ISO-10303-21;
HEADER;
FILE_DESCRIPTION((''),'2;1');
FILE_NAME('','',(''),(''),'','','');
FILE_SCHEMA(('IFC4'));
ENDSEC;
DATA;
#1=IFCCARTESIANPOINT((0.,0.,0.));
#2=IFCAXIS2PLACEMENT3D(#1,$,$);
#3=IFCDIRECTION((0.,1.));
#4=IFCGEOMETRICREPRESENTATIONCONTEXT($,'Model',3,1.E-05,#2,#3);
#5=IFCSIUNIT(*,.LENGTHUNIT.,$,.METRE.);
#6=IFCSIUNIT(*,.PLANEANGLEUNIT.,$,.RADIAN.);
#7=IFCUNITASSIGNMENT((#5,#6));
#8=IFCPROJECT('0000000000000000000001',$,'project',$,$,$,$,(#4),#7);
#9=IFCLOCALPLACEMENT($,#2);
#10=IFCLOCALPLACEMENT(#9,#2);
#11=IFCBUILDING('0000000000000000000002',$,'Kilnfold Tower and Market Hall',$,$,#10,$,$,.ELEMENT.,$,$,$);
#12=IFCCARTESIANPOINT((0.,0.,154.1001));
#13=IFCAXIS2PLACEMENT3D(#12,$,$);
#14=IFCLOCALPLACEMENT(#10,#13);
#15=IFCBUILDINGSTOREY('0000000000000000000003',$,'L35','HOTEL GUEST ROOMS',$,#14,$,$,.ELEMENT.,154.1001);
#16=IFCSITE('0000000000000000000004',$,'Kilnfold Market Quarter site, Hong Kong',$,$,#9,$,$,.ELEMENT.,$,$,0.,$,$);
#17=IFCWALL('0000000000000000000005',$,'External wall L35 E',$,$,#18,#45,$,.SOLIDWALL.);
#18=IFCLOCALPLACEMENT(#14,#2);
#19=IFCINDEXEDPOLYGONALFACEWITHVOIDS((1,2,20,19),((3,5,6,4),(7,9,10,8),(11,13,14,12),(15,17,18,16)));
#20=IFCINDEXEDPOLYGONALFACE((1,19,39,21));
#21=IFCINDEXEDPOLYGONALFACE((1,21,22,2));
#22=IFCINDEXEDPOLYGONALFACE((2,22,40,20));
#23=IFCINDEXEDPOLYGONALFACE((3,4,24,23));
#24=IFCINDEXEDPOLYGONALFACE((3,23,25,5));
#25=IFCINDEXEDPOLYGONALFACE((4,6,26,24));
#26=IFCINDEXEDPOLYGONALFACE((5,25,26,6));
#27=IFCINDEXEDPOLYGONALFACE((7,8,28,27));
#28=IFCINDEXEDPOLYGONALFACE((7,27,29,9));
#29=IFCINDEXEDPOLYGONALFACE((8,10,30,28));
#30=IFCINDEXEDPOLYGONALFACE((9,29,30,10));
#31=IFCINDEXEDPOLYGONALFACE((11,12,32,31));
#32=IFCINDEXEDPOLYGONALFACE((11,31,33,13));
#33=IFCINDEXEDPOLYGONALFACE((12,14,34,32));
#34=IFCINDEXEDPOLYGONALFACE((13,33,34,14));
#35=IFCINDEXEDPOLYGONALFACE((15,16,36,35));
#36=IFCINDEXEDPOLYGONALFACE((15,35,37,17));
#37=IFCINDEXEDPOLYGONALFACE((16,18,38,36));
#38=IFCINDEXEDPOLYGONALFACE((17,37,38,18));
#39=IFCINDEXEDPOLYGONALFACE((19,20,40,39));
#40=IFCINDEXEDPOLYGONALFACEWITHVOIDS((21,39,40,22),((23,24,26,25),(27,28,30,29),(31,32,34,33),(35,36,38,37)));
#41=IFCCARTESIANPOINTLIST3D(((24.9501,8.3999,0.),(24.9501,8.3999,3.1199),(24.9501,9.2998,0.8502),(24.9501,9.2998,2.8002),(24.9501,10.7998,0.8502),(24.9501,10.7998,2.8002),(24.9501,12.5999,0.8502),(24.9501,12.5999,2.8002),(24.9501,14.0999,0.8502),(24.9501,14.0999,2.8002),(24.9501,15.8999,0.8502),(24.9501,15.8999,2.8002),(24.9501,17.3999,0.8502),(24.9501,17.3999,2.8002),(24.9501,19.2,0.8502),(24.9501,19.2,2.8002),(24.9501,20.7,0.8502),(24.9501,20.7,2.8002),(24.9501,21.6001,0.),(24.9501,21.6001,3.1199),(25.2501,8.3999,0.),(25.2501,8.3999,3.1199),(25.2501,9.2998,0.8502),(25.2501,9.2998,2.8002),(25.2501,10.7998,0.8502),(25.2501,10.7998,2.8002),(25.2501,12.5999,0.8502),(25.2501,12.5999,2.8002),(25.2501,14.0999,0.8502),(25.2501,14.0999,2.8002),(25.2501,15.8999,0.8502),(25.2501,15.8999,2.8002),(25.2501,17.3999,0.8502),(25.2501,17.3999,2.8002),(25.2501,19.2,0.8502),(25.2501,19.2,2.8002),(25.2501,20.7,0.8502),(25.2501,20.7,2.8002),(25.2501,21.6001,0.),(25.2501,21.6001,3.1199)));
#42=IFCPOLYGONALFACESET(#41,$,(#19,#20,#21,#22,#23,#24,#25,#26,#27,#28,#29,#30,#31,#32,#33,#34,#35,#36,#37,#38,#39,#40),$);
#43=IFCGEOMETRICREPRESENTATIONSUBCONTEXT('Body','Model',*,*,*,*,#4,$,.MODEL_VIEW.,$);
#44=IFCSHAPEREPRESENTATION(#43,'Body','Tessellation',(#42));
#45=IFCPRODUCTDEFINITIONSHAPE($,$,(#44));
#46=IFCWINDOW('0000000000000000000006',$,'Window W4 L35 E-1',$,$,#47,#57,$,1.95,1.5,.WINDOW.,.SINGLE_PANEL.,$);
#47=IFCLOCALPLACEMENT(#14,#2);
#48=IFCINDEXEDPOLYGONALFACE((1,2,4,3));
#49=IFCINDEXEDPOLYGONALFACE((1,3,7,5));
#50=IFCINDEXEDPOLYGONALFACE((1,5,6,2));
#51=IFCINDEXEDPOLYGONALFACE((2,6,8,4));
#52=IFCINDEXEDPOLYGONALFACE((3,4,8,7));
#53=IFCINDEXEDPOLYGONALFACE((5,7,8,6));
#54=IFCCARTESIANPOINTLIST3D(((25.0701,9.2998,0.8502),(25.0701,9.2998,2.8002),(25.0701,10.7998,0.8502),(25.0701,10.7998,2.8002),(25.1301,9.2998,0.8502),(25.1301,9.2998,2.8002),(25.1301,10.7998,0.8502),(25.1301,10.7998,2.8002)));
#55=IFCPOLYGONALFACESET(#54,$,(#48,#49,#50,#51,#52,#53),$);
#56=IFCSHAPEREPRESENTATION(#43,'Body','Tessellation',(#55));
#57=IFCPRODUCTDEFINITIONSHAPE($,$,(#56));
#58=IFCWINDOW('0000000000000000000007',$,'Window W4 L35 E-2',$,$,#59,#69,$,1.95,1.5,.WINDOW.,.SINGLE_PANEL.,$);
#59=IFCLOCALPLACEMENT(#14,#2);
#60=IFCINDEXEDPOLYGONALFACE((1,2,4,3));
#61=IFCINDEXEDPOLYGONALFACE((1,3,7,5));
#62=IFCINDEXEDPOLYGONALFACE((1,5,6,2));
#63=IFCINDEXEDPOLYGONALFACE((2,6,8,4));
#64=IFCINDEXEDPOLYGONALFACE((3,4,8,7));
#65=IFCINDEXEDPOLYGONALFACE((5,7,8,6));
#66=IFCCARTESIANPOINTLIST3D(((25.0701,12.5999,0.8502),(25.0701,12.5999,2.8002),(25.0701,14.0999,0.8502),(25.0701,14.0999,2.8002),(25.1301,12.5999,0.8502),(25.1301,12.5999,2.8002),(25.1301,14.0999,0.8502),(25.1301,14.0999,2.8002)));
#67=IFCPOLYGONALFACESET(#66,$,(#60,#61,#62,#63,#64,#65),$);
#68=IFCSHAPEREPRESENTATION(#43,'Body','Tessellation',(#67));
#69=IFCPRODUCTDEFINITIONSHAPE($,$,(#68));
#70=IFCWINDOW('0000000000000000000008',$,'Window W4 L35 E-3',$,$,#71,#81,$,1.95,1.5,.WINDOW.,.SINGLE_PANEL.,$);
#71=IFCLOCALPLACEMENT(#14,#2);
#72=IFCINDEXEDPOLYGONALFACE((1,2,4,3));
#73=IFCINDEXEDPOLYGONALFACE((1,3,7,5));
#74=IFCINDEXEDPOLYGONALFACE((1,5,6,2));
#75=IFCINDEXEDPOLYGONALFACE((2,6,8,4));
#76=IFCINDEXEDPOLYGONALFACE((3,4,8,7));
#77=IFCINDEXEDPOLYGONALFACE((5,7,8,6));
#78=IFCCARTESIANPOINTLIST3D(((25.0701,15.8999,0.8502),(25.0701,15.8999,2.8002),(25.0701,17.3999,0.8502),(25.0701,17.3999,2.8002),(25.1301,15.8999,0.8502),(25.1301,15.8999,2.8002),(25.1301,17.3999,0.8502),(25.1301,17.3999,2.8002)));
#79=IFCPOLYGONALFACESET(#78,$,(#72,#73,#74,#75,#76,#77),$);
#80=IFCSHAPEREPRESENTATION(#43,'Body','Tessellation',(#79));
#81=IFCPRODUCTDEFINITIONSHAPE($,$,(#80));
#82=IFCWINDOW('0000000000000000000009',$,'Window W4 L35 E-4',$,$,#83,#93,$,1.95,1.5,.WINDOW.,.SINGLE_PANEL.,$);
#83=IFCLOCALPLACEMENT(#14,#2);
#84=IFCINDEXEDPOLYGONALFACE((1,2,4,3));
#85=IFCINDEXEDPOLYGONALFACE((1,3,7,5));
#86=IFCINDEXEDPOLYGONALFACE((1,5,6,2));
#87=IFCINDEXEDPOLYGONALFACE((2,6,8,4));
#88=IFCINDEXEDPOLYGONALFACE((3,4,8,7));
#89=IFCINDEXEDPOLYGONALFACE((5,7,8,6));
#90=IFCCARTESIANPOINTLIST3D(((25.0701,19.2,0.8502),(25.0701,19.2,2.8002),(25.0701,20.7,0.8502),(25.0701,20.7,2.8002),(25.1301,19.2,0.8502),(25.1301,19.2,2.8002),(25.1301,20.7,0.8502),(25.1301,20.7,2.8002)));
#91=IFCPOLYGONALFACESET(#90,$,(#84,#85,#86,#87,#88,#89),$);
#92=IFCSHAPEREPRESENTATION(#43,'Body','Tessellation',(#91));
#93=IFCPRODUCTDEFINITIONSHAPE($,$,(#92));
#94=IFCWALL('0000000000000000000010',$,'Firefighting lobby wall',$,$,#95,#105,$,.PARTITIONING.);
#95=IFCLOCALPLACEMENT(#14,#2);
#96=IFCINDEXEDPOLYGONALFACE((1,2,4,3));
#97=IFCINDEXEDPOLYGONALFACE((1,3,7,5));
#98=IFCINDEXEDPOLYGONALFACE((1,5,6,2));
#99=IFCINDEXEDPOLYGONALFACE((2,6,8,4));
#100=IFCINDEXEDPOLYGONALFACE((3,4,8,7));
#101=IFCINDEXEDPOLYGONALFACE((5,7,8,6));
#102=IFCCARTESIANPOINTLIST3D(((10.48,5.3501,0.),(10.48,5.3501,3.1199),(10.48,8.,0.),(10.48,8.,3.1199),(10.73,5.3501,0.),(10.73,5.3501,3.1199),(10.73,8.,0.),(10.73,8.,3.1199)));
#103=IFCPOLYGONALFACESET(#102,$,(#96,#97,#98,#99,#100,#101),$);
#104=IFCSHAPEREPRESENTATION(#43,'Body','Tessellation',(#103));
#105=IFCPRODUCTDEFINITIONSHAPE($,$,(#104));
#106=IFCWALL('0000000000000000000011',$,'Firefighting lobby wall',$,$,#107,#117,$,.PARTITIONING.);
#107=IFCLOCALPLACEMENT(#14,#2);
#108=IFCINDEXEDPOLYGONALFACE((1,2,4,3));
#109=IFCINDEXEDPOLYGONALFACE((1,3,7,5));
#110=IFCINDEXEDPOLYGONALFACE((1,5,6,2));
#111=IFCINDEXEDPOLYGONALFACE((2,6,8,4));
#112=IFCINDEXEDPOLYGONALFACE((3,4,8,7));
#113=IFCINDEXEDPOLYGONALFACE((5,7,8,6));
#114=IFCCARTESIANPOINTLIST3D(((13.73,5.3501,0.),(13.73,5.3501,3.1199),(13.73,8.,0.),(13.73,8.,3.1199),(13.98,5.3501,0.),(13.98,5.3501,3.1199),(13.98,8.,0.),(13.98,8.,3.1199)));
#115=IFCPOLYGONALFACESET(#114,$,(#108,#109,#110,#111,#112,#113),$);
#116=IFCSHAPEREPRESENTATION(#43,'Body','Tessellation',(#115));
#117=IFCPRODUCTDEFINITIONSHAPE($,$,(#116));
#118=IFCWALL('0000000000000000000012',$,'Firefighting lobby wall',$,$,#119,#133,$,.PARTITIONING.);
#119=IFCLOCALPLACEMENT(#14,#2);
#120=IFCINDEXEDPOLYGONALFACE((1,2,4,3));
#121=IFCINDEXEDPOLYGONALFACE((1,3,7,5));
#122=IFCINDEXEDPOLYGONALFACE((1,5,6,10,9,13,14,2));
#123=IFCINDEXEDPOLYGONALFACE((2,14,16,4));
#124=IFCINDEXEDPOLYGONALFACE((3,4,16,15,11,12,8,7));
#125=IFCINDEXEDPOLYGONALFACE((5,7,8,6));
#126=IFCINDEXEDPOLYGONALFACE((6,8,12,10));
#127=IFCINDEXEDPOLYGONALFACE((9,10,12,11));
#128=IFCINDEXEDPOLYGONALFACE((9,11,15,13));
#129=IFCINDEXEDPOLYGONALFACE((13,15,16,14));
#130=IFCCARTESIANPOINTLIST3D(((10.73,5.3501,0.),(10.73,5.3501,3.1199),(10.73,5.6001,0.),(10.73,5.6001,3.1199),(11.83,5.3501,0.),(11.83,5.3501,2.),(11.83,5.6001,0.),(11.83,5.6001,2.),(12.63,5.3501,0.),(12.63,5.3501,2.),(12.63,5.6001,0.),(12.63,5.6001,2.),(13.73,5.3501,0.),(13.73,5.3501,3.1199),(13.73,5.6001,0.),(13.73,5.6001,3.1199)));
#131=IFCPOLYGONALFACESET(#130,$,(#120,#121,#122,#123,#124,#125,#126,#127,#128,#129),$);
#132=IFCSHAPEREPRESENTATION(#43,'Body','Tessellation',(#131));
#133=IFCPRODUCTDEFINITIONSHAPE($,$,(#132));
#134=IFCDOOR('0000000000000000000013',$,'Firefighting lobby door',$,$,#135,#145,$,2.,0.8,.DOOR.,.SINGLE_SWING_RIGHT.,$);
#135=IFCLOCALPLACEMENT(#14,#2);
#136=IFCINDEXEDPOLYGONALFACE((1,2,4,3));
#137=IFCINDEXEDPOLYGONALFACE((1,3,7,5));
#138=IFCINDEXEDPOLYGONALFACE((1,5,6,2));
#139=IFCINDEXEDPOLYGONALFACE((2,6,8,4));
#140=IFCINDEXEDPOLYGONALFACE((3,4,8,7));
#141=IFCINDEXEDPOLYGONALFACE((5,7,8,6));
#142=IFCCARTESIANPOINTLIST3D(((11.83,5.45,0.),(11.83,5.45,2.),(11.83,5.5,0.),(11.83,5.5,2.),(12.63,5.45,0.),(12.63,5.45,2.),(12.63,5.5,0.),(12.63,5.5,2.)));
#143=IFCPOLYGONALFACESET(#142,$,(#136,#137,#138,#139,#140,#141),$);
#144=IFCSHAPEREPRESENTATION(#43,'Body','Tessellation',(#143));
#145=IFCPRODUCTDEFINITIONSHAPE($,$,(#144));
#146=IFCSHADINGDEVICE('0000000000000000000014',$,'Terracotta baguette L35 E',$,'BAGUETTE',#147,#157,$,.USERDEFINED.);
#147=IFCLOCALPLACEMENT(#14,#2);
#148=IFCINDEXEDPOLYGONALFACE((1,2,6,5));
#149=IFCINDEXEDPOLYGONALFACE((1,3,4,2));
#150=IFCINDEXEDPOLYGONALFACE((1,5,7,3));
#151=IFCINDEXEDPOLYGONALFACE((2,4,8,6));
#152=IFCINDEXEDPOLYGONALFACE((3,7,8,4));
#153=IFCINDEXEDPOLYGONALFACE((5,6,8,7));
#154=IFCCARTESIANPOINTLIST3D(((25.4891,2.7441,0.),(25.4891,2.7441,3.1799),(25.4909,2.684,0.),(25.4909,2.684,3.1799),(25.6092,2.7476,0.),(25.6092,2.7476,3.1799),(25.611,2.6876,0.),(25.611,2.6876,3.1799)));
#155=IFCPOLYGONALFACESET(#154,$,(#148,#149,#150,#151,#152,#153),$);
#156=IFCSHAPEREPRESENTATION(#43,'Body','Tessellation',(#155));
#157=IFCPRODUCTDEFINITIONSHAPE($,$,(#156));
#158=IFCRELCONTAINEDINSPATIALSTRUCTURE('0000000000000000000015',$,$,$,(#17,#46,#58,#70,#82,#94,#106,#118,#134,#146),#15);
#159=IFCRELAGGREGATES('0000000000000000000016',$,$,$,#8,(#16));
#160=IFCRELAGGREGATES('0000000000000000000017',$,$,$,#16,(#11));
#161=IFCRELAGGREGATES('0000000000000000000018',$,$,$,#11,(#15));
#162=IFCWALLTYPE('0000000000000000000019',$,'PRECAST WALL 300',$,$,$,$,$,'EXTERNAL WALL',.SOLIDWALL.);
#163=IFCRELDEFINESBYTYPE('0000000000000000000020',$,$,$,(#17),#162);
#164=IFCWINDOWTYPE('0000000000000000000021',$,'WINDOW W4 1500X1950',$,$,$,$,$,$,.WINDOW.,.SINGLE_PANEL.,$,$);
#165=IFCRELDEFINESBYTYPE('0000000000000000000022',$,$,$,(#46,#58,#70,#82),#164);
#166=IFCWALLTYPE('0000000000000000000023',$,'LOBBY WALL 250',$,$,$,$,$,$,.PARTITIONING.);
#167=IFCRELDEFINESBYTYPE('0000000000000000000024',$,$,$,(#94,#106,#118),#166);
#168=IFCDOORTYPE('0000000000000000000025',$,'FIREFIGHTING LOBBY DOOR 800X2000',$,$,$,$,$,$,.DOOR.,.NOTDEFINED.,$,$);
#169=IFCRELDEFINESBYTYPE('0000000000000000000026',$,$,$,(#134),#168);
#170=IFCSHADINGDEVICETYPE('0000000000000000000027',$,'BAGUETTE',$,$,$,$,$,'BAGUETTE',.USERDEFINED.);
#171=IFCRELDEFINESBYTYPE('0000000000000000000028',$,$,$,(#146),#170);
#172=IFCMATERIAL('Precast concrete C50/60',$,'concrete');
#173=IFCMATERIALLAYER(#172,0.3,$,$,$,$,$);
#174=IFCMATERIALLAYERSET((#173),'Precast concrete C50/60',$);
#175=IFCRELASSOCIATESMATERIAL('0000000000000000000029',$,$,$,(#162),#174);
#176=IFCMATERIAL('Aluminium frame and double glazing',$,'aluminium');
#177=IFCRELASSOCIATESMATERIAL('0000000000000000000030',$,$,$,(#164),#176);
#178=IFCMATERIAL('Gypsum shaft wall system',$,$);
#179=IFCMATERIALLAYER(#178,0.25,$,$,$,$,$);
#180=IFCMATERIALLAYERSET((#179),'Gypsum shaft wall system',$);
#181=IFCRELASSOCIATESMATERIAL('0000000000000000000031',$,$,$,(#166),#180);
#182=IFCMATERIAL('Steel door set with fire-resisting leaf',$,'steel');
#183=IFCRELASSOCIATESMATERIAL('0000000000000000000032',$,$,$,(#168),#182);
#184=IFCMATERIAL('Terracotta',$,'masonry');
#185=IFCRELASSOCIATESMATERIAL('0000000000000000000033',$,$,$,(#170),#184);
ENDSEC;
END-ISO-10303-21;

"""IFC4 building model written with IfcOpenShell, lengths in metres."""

from ifc_helpers import new_model, si_unit, direction, frame, frame_2d, origin, origin_2d, place, context, subcontext, project, spatial, rectangle, extrude, source, transform, mapped, material, layer, layer_set, material_profile, profile_set, type_object, element, fill, save


model = new_model("IFC4")

# Units and contexts
model_context = context("Model", 3, precision=1e-05, world=origin(), true_north=direction((0.0, 1.0)))
body_context = subcontext(model_context, "Body", "Model", "MODEL_VIEW")
ifc_project = project(units=[si_unit("LENGTHUNIT", "METRE"), si_unit("PLANEANGLEUNIT", "RADIAN")], contexts=[model_context])

# Site, building, storey
site_placement = place(None, origin())
site = spatial("IfcSite", under=ifc_project, at=site_placement, Name="Kilnfold Market Quarter site, Hong Kong", CompositionType="ELEMENT", RefElevation=0.0)
building_placement = place(site_placement, origin())
building = spatial("IfcBuilding", under=site, at=building_placement, Name="Kilnfold Tower and Market Hall", CompositionType="ELEMENT")
storey_placement = place(building_placement, frame((0.0, 0.0, 154.1001)))
storey = spatial("IfcBuildingStorey", under=building, at=storey_placement, Name="L35", Description="HOTEL GUEST ROOMS", CompositionType="ELEMENT", Elevation=154.1001)

# Wall, openings, windows
ifc_material_1 = material(Name="Precast concrete C50/60", Category="concrete")
ifc_layer_1 = layer(ifc_material_1, 0.3)
ifc_layer_set_1 = layer_set([ifc_layer_1], Name="Precast concrete C50/60")
wall_type_1 = type_object("IfcWallType", Name="PRECAST WALL 300", ElementType="EXTERNAL WALL", PredefinedType="SOLIDWALL", material=ifc_layer_set_1)
ifc_material_2 = material(Name="Aluminium frame and double glazing", Category="aluminium")
window_type = type_object("IfcWindowType", Name="WINDOW W4 1500X1950", PartitioningType="SINGLE_PANEL", PredefinedType="WINDOW", material=ifc_material_2)
shared_shape_1 = source(origin(), body_context, "Body", "SweptSolid", [
    extrude(rectangle(XDim=13.2002, YDim=0.3, at=frame_2d((6.6001, 0.0))), origin(), (0.0, 0.0, 1.0), 3.1199),
])
wall_1_placement = place(storey_placement, frame((25.1001, 8.3999, 0.0), z_axis=(0.0, 0.0, 1.0), x_axis=(0.0, 1.0, 0.0)))
wall_1 = element("IfcWall", 1, at=wall_1_placement, inside=storey, type_object=wall_type_1, Name="External wall L35 E", PredefinedType="SOLIDWALL", context=body_context, shape_type="MappedRepresentation", body=[
    mapped(shared_shape_1, transform((0.0, 0.0, 0.0))),
])
opening_1_placement = place(wall_1_placement, frame((0.8999, 0.0, 0.8501)))
opening_1 = element("IfcOpeningElement", 2, at=opening_1_placement, cuts=wall_1, PredefinedType="OPENING", context=body_context, shape_type="SweptSolid", body=[
    extrude(rectangle(XDim=1.5, YDim=1.95, at=frame_2d((0.75, 0.9751))), frame((0.0, 0.1602, 0.0), z_axis=(0.0, -1.0, 0.0), x_axis=(1.0, 0.0, 0.0)), (0.0, 0.0, 1.0), 0.3201),
])
opening_2_placement = place(wall_1_placement, frame((4.2, 0.0, 0.8501)))
opening_2 = element("IfcOpeningElement", 3, at=opening_2_placement, cuts=wall_1, PredefinedType="OPENING", context=body_context, shape_type="SweptSolid", body=[
    extrude(rectangle(XDim=1.5, YDim=1.95, at=frame_2d((0.75, 0.9751))), frame((0.0, 0.1602, 0.0), z_axis=(0.0, -1.0, 0.0), x_axis=(1.0, 0.0, 0.0)), (0.0, 0.0, 1.0), 0.3201),
])
opening_3_placement = place(wall_1_placement, frame((7.5, 0.0, 0.8501)))
opening_3 = element("IfcOpeningElement", 4, at=opening_3_placement, cuts=wall_1, PredefinedType="OPENING", context=body_context, shape_type="SweptSolid", body=[
    extrude(rectangle(XDim=1.5, YDim=1.95, at=frame_2d((0.75, 0.9751))), frame((0.0, 0.1602, 0.0), z_axis=(0.0, -1.0, 0.0), x_axis=(1.0, 0.0, 0.0)), (0.0, 0.0, 1.0), 0.3201),
])
opening_4_placement = place(wall_1_placement, frame((10.8, 0.0, 0.8501)))
opening_4 = element("IfcOpeningElement", 5, at=opening_4_placement, cuts=wall_1, PredefinedType="OPENING", context=body_context, shape_type="SweptSolid", body=[
    extrude(rectangle(XDim=1.5, YDim=1.95, at=frame_2d((0.75, 0.9751))), frame((0.0, 0.1602, 0.0), z_axis=(0.0, -1.0, 0.0), x_axis=(1.0, 0.0, 0.0)), (0.0, 0.0, 1.0), 0.3201),
])
window_1_placement = place(opening_1_placement, origin())
window_1 = element("IfcWindow", 6, at=window_1_placement, inside=storey, type_object=window_type, Name="Window W4 L35 E-1", OverallHeight=1.95, OverallWidth=1.5, PartitioningType="SINGLE_PANEL", PredefinedType="WINDOW", context=body_context, shape_type="SweptSolid", body=[
    extrude(rectangle(XDim=1.5, YDim=1.95, at=frame_2d((0.75, 0.9751))), frame((0.0, 0.03, 0.0), z_axis=(0.0, -1.0, 0.0), x_axis=(1.0, 0.0, 0.0)), (0.0, 0.0, 1.0), 0.0601),
])
fill(opening_1, window_1)
window_2_placement = place(opening_2_placement, origin())
window_2 = element("IfcWindow", 7, at=window_2_placement, inside=storey, type_object=window_type, Name="Window W4 L35 E-2", OverallHeight=1.95, OverallWidth=1.5, PartitioningType="SINGLE_PANEL", PredefinedType="WINDOW", context=body_context, shape_type="SweptSolid", body=[
    extrude(rectangle(XDim=1.5, YDim=1.95, at=frame_2d((0.75, 0.9751))), frame((0.0, 0.03, 0.0), z_axis=(0.0, -1.0, 0.0), x_axis=(1.0, 0.0, 0.0)), (0.0, 0.0, 1.0), 0.0601),
])
fill(opening_2, window_2)
window_3_placement = place(opening_3_placement, origin())
window_3 = element("IfcWindow", 8, at=window_3_placement, inside=storey, type_object=window_type, Name="Window W4 L35 E-3", OverallHeight=1.95, OverallWidth=1.5, PartitioningType="SINGLE_PANEL", PredefinedType="WINDOW", context=body_context, shape_type="SweptSolid", body=[
    extrude(rectangle(XDim=1.5, YDim=1.95, at=frame_2d((0.75, 0.9751))), frame((0.0, 0.03, 0.0), z_axis=(0.0, -1.0, 0.0), x_axis=(1.0, 0.0, 0.0)), (0.0, 0.0, 1.0), 0.0601),
])
fill(opening_3, window_3)
window_4_placement = place(opening_4_placement, origin())
window_4 = element("IfcWindow", 9, at=window_4_placement, inside=storey, type_object=window_type, Name="Window W4 L35 E-4", OverallHeight=1.95, OverallWidth=1.5, PartitioningType="SINGLE_PANEL", PredefinedType="WINDOW", context=body_context, shape_type="SweptSolid", body=[
    extrude(rectangle(XDim=1.5, YDim=1.95, at=frame_2d((0.75, 0.9751))), frame((0.0, 0.03, 0.0), z_axis=(0.0, -1.0, 0.0), x_axis=(1.0, 0.0, 0.0)), (0.0, 0.0, 1.0), 0.0601),
])
fill(opening_4, window_4)

# Walls
ifc_material_3 = material(Name="Gypsum shaft wall system")
ifc_layer_2 = layer(ifc_material_3, 0.25)
ifc_layer_set_2 = layer_set([ifc_layer_2], Name="Gypsum shaft wall system")
wall_type_2 = type_object("IfcWallType", Name="LOBBY WALL 250", PredefinedType="PARTITIONING", material=ifc_layer_set_2)
shared_shape_2 = source(origin(), body_context, "Body", "SweptSolid", [
    extrude(rectangle(XDim=2.6499, YDim=0.25, at=frame_2d((1.325, 0.0))), origin(), (0.0, 0.0, 1.0), 3.1199),
])
for number, where, z_axis, x_axis, name in (
    (10, (10.605, 5.3501, 0.0), (0.0, 0.0, 1.0), (0.0, 1.0, 0.0), "Firefighting lobby wall"),
    (11, (13.855, 5.3501, 0.0), (0.0, 0.0, 1.0), (0.0, 1.0, 0.0), "Firefighting lobby wall"),
):
    element("IfcWall", number, at=place(storey_placement, frame(where, z_axis=z_axis, x_axis=x_axis)), inside=storey, type_object=wall_type_2, Name=name, PredefinedType="PARTITIONING", context=body_context, shape_type="MappedRepresentation", body=[
        mapped(shared_shape_2, transform((0.0, 0.0, 0.0))),
    ])

# Wall, opening, door
shared_shape_3 = source(origin(), body_context, "Body", "SweptSolid", [
    extrude(rectangle(XDim=3.0, YDim=0.25, at=frame_2d((1.5, 0.0))), origin(), (0.0, 0.0, 1.0), 3.1199),
])
wall_2_placement = place(storey_placement, frame((10.73, 5.4751, 0.0), z_axis=(0.0, 0.0, 1.0), x_axis=(1.0, 0.0, 0.0)))
wall_2 = element("IfcWall", 12, at=wall_2_placement, inside=storey, type_object=wall_type_2, Name="Firefighting lobby wall", PredefinedType="PARTITIONING", context=body_context, shape_type="MappedRepresentation", body=[
    mapped(shared_shape_3, transform((0.0, 0.0, 0.0))),
])
opening_5_placement = place(wall_2_placement, frame((1.1001, 0.0, 0.0)))
opening_5 = element("IfcOpeningElement", 13, at=opening_5_placement, cuts=wall_2, PredefinedType="OPENING", context=body_context, shape_type="SweptSolid", body=[
    extrude(rectangle(XDim=0.8, YDim=2.0, at=frame_2d((0.3999, 1.0))), frame((0.0, 0.135, 0.0), z_axis=(0.0, -1.0, 0.0), x_axis=(1.0, 0.0, 0.0)), (0.0, 0.0, 1.0), 0.27),
])
ifc_material_4 = material(Name="Steel door set with fire-resisting leaf", Category="steel")
door_type_1 = type_object("IfcDoorType", Name="FIREFIGHTING LOBBY DOOR 800X2000", OperationType="NOTDEFINED", PredefinedType="DOOR", material=ifc_material_4)
door_1_placement = place(opening_5_placement, origin())
door_1 = element("IfcDoor", 14, at=door_1_placement, inside=storey, type_object=door_type_1, Name="Firefighting lobby door", OperationType="SINGLE_SWING_RIGHT", OverallHeight=2.0, OverallWidth=0.8, PredefinedType="DOOR", context=body_context, shape_type="SweptSolid", body=[
    extrude(rectangle(XDim=0.8, YDim=2.0, at=frame_2d((0.3999, 1.0))), frame((0.0, 0.0249, 0.0), z_axis=(0.0, -1.0, 0.0), x_axis=(1.0, 0.0, 0.0)), (0.0, 0.0, 1.0), 0.05),
])
fill(opening_5, door_1)

# Shading device
ifc_material_5 = material(Name="Terracotta", Category="masonry")
ifc_material_profile_1 = material_profile(ifc_material_5, rectangle(XDim=0.0601, YDim=0.1201, at=origin_2d()), Name="BAG 60x120")
ifc_profile_set_1 = profile_set([ifc_material_profile_1], Name="Terracotta")
shading_device_type = type_object("IfcShadingDeviceType", Name="BAGUETTE", ElementType="BAGUETTE", PredefinedType="USERDEFINED", material=ifc_profile_set_1)
shared_shape_4 = source(origin(), body_context, "Body", "SweptSolid", [
    extrude(rectangle(XDim=0.0601, YDim=0.1201, at=origin_2d()), origin(), (0.0, 0.0, 1.0), 3.1799),
])
for number, where, z_axis, x_axis, name in (
    (15, (25.55, 2.7158, 0.0), (0.0, 0.0, 1.0), (-0.029267, 0.999572, 0.0), "Terracotta baguette L35 E"),
):
    element("IfcShadingDevice", number, at=place(storey_placement, frame(where, z_axis=z_axis, x_axis=x_axis)), inside=storey, type_object=shading_device_type, Name=name, ObjectType="BAGUETTE", PredefinedType="USERDEFINED", context=body_context, shape_type="MappedRepresentation", body=[
        mapped(shared_shape_4, transform((0.0, 0.0, 0.0))),
    ])

save(model, "model.ifc")
